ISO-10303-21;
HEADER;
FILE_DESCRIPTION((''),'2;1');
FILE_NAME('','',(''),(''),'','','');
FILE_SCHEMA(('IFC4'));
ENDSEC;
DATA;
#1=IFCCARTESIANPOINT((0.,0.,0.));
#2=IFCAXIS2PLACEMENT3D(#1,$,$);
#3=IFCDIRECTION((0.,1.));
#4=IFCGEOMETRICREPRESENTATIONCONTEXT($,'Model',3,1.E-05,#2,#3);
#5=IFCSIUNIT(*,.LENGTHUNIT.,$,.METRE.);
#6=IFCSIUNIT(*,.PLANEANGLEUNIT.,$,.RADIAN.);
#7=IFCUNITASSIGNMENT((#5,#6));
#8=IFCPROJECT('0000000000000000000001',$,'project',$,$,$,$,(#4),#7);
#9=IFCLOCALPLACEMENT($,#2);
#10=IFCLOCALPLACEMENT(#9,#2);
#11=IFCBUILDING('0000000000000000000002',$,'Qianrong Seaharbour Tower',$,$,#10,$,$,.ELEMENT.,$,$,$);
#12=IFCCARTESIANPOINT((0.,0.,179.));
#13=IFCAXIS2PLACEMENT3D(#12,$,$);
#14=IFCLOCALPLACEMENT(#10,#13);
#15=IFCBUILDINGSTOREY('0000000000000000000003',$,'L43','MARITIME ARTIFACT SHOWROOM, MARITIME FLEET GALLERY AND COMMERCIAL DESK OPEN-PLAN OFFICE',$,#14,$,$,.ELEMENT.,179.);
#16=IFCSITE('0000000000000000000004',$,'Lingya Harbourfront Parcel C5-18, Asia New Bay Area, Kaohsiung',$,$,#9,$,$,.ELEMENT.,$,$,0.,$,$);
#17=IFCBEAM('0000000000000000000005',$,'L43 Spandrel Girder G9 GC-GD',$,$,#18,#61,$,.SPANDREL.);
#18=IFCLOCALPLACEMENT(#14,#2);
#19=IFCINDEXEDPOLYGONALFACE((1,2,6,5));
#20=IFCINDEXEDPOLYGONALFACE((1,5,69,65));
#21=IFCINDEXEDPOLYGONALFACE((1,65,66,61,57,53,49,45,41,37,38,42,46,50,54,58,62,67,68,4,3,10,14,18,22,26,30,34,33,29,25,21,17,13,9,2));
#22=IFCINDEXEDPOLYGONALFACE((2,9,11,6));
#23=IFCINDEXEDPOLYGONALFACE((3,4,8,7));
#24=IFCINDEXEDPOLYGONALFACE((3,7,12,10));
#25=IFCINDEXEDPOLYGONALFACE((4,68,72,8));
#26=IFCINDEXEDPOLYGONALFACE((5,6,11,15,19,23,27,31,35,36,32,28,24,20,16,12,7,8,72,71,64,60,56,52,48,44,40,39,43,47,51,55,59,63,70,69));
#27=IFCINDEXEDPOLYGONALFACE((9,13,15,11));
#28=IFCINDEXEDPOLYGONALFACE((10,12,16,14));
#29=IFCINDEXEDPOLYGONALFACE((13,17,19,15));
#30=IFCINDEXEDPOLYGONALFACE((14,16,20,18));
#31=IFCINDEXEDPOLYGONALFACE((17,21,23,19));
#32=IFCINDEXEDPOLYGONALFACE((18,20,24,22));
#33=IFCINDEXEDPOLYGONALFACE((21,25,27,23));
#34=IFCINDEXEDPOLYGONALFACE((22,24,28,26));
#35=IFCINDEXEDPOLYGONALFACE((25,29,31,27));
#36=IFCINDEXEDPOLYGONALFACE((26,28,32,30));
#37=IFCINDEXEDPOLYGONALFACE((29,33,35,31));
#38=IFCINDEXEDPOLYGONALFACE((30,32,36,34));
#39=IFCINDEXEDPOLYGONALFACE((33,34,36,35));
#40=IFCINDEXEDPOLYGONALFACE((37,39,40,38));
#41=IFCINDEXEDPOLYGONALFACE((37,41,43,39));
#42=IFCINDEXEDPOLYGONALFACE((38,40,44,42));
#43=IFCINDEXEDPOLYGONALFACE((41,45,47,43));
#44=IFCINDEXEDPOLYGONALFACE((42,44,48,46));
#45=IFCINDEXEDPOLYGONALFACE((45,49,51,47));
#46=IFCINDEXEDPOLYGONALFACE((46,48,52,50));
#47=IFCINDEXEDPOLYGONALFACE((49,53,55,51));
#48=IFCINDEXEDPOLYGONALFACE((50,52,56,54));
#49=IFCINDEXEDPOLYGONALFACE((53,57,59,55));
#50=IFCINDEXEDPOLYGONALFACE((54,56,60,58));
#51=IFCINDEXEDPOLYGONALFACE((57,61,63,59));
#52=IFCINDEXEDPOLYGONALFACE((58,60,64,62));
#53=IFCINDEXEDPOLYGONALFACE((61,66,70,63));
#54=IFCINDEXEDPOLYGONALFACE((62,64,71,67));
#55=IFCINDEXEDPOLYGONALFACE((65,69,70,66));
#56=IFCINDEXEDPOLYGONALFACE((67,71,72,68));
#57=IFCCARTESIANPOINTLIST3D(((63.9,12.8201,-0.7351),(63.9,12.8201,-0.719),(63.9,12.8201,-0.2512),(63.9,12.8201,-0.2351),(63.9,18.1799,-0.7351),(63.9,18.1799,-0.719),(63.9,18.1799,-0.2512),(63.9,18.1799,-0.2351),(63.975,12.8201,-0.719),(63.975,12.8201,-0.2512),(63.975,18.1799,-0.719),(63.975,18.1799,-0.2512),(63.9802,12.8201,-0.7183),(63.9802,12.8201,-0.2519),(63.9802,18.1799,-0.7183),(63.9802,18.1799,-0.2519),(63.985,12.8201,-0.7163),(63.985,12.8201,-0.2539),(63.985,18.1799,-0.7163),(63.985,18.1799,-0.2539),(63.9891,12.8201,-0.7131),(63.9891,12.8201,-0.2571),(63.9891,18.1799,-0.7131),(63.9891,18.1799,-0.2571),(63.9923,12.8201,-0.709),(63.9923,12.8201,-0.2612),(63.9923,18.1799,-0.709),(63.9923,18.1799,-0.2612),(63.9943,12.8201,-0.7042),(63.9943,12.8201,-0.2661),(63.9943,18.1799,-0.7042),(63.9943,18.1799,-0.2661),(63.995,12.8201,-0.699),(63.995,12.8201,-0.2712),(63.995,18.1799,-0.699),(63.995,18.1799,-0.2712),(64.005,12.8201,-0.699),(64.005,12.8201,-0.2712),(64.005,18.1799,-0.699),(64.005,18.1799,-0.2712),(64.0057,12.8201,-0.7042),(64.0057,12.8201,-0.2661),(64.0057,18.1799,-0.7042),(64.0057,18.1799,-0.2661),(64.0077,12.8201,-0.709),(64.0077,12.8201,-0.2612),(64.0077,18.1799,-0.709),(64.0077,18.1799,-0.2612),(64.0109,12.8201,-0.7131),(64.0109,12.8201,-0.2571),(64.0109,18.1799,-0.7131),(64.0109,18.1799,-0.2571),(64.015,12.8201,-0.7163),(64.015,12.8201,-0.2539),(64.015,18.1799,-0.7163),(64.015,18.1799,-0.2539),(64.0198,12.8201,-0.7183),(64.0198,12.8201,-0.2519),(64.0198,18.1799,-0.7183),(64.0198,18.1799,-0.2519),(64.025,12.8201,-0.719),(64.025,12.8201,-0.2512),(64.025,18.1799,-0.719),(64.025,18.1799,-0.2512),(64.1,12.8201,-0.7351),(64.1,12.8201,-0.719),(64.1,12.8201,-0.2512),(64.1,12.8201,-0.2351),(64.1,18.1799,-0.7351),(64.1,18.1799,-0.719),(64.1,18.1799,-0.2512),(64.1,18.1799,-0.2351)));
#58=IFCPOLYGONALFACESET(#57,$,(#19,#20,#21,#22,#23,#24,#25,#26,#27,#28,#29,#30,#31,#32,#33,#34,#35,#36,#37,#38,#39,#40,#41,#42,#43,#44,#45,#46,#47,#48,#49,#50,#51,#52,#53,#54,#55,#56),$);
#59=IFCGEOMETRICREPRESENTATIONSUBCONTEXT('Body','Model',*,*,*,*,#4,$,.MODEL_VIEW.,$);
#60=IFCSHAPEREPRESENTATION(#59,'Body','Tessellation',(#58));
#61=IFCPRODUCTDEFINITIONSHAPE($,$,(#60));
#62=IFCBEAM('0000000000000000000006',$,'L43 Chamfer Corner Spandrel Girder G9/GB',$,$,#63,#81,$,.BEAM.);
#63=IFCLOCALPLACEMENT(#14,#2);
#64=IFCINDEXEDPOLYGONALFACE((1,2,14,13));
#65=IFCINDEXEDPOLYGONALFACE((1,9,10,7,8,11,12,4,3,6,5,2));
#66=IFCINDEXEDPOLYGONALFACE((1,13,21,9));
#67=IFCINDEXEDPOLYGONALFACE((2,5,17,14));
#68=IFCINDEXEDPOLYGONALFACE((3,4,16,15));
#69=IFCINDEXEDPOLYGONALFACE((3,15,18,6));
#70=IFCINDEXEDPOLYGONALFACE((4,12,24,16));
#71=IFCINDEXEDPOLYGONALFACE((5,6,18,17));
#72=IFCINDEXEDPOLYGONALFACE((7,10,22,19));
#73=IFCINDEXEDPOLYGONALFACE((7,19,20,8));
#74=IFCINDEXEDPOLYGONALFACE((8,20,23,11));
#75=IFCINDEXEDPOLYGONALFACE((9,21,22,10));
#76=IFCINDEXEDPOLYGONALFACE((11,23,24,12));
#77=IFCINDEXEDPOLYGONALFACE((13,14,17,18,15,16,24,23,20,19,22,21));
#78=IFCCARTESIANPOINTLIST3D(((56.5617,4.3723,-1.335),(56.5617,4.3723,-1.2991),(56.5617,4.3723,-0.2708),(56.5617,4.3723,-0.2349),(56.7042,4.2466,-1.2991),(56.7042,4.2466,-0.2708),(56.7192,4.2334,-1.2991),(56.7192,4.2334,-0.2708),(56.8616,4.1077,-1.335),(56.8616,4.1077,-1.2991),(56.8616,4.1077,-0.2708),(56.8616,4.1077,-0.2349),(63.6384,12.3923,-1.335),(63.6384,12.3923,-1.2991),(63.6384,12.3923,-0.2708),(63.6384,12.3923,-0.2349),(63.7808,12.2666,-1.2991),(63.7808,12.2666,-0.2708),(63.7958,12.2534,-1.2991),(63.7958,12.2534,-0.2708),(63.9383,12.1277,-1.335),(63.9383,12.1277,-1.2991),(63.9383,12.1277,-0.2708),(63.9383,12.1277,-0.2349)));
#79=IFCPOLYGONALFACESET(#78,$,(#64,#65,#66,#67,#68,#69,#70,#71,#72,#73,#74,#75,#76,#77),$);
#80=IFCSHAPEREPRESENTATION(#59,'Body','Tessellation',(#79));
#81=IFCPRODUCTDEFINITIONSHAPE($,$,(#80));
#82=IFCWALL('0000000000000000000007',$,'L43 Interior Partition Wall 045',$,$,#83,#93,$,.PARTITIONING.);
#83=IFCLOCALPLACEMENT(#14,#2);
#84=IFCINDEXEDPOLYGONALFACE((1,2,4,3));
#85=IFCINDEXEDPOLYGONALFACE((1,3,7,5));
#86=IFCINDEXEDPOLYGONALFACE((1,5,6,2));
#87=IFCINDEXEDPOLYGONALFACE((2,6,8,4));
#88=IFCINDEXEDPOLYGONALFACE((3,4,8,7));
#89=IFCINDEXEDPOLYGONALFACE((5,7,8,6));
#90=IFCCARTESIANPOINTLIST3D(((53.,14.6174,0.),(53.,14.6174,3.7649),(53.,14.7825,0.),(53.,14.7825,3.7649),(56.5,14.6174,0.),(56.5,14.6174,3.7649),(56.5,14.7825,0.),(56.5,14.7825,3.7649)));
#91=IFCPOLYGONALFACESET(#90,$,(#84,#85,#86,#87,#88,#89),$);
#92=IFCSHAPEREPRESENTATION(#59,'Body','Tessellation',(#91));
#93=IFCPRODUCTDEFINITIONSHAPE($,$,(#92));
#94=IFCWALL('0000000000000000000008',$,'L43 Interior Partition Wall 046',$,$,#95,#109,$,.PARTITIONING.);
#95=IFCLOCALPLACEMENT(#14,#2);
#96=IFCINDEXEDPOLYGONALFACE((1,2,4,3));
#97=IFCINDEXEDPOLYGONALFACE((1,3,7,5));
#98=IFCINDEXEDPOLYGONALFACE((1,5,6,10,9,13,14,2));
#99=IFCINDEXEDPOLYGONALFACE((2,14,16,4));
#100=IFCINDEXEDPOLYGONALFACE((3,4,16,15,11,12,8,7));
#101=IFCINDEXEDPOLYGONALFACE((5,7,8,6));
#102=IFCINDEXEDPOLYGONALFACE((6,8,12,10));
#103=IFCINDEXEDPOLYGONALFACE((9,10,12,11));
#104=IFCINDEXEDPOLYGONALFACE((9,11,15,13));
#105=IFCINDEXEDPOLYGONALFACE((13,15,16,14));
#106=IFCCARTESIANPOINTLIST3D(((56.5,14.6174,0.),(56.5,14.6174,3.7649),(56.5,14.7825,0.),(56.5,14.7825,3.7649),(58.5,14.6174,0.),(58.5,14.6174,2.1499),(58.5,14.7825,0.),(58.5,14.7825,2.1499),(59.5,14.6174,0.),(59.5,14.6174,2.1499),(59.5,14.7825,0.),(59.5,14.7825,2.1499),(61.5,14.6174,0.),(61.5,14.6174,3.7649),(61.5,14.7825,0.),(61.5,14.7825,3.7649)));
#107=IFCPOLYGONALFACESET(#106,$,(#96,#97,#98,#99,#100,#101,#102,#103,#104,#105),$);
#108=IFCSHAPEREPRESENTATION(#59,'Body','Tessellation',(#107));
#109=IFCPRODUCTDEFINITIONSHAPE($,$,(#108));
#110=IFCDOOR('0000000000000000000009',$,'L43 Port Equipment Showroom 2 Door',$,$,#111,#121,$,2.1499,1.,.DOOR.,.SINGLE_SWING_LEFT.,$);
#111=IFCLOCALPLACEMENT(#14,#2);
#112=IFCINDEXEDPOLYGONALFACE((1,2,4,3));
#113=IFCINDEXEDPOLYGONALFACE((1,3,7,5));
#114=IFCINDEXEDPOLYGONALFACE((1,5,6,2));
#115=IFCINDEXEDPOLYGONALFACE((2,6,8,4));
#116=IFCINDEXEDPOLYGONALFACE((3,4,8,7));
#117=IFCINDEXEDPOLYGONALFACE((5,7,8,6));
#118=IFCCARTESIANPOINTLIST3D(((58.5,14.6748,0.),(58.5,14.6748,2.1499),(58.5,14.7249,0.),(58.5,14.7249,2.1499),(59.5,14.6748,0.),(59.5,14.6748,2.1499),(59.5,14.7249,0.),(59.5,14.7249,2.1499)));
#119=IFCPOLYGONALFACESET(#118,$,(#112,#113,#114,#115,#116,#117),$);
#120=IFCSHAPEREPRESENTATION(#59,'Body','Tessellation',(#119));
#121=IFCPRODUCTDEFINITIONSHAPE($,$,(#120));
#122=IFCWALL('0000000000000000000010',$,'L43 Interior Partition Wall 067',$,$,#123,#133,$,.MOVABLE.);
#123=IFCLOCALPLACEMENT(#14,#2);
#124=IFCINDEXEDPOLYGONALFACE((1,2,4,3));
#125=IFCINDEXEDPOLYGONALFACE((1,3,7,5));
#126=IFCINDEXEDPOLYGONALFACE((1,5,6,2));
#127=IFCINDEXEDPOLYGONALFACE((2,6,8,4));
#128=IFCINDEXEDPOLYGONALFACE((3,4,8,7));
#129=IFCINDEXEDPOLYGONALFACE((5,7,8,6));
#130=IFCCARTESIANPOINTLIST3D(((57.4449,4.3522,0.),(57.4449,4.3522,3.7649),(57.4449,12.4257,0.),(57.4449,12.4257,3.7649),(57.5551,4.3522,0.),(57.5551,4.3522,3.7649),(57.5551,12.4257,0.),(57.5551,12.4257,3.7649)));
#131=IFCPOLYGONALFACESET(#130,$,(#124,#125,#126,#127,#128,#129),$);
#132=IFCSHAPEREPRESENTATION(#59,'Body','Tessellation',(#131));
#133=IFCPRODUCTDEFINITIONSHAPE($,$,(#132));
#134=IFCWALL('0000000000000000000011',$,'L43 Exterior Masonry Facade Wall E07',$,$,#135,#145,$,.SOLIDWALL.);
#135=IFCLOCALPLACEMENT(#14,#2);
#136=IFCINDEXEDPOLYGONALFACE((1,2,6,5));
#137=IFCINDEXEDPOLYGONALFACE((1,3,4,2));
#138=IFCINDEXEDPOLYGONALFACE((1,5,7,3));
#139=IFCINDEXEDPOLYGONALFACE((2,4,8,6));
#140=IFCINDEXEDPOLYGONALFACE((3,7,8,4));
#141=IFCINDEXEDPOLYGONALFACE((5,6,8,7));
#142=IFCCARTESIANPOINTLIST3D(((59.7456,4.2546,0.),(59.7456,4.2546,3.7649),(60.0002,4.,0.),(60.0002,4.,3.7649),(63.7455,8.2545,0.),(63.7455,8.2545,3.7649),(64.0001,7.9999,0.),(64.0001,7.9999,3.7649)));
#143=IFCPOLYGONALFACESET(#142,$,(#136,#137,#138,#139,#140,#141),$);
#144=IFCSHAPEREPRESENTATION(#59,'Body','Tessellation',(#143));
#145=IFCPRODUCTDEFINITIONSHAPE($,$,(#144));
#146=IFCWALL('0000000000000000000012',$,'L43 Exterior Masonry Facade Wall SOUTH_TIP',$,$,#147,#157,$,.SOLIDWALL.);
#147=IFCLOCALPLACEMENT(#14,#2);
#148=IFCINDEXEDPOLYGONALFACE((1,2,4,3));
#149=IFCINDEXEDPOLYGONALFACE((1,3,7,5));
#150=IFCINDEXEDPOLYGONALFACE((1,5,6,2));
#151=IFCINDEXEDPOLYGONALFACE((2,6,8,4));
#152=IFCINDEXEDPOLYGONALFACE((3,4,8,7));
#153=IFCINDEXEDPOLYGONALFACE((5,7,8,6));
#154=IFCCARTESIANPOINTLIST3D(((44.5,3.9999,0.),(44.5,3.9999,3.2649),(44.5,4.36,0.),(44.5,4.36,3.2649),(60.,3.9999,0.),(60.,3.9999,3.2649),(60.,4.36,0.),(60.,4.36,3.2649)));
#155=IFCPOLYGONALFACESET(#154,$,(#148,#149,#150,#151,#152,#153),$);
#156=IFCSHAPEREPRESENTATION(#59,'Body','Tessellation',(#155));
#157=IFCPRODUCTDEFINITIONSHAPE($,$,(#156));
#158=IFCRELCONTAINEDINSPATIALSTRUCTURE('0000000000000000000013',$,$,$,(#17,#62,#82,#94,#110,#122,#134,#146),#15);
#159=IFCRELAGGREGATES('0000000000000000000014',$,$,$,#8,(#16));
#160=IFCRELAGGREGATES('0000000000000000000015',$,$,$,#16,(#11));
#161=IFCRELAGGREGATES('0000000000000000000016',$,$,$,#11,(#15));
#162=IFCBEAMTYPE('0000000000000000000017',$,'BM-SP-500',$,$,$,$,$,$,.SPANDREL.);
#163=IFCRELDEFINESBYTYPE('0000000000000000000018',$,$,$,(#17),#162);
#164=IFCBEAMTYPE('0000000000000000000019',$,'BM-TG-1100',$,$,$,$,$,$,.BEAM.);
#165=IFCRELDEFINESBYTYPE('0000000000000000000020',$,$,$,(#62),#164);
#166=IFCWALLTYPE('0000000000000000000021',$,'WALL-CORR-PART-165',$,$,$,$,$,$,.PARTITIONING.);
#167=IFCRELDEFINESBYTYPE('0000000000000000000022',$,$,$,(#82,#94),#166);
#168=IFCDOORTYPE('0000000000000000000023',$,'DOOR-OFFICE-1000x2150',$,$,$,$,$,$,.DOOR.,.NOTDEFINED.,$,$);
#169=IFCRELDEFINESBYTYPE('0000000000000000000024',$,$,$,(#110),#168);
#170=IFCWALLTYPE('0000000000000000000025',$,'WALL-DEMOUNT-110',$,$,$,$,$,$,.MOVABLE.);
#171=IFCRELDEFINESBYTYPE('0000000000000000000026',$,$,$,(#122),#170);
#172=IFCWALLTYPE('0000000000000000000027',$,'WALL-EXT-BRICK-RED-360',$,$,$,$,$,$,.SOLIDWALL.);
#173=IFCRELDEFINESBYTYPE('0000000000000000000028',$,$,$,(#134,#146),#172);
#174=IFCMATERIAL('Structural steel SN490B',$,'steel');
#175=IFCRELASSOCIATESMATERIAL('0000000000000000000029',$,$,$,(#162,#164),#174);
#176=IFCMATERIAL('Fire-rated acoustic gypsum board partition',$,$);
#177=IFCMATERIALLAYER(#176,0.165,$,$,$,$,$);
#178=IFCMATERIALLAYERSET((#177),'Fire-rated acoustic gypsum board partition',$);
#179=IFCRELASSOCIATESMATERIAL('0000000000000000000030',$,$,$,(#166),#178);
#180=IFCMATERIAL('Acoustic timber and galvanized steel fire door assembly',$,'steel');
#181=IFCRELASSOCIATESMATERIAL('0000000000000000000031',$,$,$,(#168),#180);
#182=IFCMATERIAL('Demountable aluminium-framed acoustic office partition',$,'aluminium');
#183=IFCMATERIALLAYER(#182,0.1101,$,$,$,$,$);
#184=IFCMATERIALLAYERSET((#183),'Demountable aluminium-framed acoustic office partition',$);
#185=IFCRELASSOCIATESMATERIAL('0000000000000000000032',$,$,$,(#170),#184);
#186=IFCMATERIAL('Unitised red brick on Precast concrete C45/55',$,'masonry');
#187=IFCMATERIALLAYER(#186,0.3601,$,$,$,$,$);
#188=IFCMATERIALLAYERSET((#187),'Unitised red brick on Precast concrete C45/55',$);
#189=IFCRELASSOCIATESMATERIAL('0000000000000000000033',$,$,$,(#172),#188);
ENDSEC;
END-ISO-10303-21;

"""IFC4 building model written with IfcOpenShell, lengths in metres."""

from ifc_helpers import new_model, si_unit, direction, frame, frame_2d, origin, origin_2d, place, context, subcontext, project, spatial, rectangle, i_section, extrude, material, layer, layer_set, material_profile, profile_set, type_object, element, fill, save


model = new_model("IFC4")

# Units and contexts
model_context = context("Model", 3, precision=1e-05, world=origin(), true_north=direction((0.0, 1.0)))
body_context = subcontext(model_context, "Body", "Model", "MODEL_VIEW")
ifc_project = project(units=[si_unit("LENGTHUNIT", "METRE"), si_unit("PLANEANGLEUNIT", "RADIAN")], contexts=[model_context])

# Site, building, storey
site_placement = place(None, origin())
site = spatial("IfcSite", under=ifc_project, at=site_placement, Name="Lingya Harbourfront Parcel C5-18, Asia New Bay Area, Kaohsiung", CompositionType="ELEMENT", RefElevation=0.0)
building_placement = place(site_placement, origin())
building = spatial("IfcBuilding", under=site, at=building_placement, Name="Qianrong Seaharbour Tower", CompositionType="ELEMENT")
storey_placement = place(building_placement, frame((0.0, 0.0, 179.0)))
storey = spatial("IfcBuildingStorey", under=building, at=storey_placement, Name="L43", Description="MARITIME ARTIFACT SHOWROOM, MARITIME FLEET GALLERY AND COMMERCIAL DESK OPEN-PLAN OFFICE", CompositionType="ELEMENT", Elevation=179.0)

# Shared definitions
ifc_material_1 = material(Name="Structural steel SN490B", Category="steel")

# Beams
ifc_material_profile_1 = material_profile(ifc_material_1, i_section(OverallWidth=0.2, OverallDepth=0.5, WebThickness=0.01, FlangeThickness=0.0161, FilletRadius=0.02, at=origin_2d()), Name="H500x200x10x16")
ifc_profile_set_1 = profile_set([ifc_material_profile_1], Name="Structural steel SN490B")
beam_type_1 = type_object("IfcBeamType", Name="BM-SP-500", PredefinedType="SPANDREL", material=ifc_profile_set_1)
beam_1_placement = place(storey_placement, frame((64.0, 12.8201, -0.4851), z_axis=(0.0, 1.0, 0.0), x_axis=(-1.0, 0.0, 0.0)))
element("IfcBeam", 1, at=beam_1_placement, inside=storey, type_object=beam_type_1, Name="L43 Spandrel Girder G9 GC-GD", PredefinedType="SPANDREL", context=body_context, shape_type="SweptSolid", body=[
    extrude(i_section(OverallWidth=0.2, OverallDepth=0.5, WebThickness=0.01, FlangeThickness=0.0161, FilletRadius=0.02, at=origin_2d()), origin(), (0.0, 0.0, 1.0), 5.3599),
])
ifc_material_profile_2 = material_profile(ifc_material_1, i_section(OverallWidth=0.3999, OverallDepth=1.1001, WebThickness=0.02, FlangeThickness=0.0359, at=origin_2d()), Name="BH1100x400x20x36")
ifc_profile_set_2 = profile_set([ifc_material_profile_2], Name="Structural steel SN490B")
beam_type_2 = type_object("IfcBeamType", Name="BM-TG-1100", PredefinedType="BEAM", material=ifc_profile_set_2)
beam_2_placement = place(storey_placement, frame((56.7117, 4.24, -0.7849), z_axis=(0.661631, 0.74983, 0.0), x_axis=(-0.74983, 0.661631, 0.0)))
element("IfcBeam", 2, at=beam_2_placement, inside=storey, type_object=beam_type_2, Name="L43 Chamfer Corner Spandrel Girder G9/GB", PredefinedType="BEAM", context=body_context, shape_type="SweptSolid", body=[
    extrude(i_section(OverallWidth=0.3999, OverallDepth=1.1001, WebThickness=0.02, FlangeThickness=0.0359, at=origin_2d()), origin(), (0.0, 0.0, 1.0), 10.6958),
])

# Wall
ifc_material_2 = material(Name="Fire-rated acoustic gypsum board partition")
ifc_layer_1 = layer(ifc_material_2, 0.165)
ifc_layer_set_1 = layer_set([ifc_layer_1], Name="Fire-rated acoustic gypsum board partition")
wall_type_1 = type_object("IfcWallType", Name="WALL-CORR-PART-165", PredefinedType="PARTITIONING", material=ifc_layer_set_1)
wall_1_placement = place(storey_placement, frame((53.0, 14.7, 0.0), z_axis=(0.0, 0.0, 1.0), x_axis=(1.0, 0.0, 0.0)))
element("IfcWall", 3, at=wall_1_placement, inside=storey, type_object=wall_type_1, Name="L43 Interior Partition Wall 045", PredefinedType="PARTITIONING", context=body_context, shape_type="SweptSolid", body=[
    extrude(rectangle(XDim=3.5, YDim=0.165, at=frame_2d((1.75, 0.0))), origin(), (0.0, 0.0, 1.0), 3.7649),
])

# Wall, opening, door
wall_2_placement = place(storey_placement, frame((56.5, 14.7, 0.0), z_axis=(0.0, 0.0, 1.0), x_axis=(1.0, 0.0, 0.0)))
wall_2 = element("IfcWall", 4, at=wall_2_placement, inside=storey, type_object=wall_type_1, Name="L43 Interior Partition Wall 046", PredefinedType="PARTITIONING", context=body_context, shape_type="SweptSolid", body=[
    extrude(rectangle(XDim=5.0, YDim=0.165, at=frame_2d((2.5, 0.0))), origin(), (0.0, 0.0, 1.0), 3.7649),
])
opening_1_placement = place(wall_2_placement, frame((2.0, 0.0, 0.0)))
opening_1 = element("IfcOpeningElement", 5, at=opening_1_placement, cuts=wall_2, PredefinedType="OPENING", context=body_context, shape_type="SweptSolid", body=[
    extrude(rectangle(XDim=1.0, YDim=2.1499, at=frame_2d((0.5, 1.075))), frame((0.0, 0.0925, 0.0), z_axis=(0.0, -1.0, 0.0), x_axis=(1.0, 0.0, 0.0)), (0.0, 0.0, 1.0), 0.1851),
])
ifc_material_3 = material(Name="Acoustic timber and galvanized steel fire door assembly", Category="steel")
door_type = type_object("IfcDoorType", Name="DOOR-OFFICE-1000x2150", OperationType="NOTDEFINED", PredefinedType="DOOR", material=ifc_material_3)
door_1_placement = place(opening_1_placement, origin())
door_1 = element("IfcDoor", 6, at=door_1_placement, inside=storey, type_object=door_type, Name="L43 Port Equipment Showroom 2 Door", OperationType="SINGLE_SWING_LEFT", OverallHeight=2.1499, OverallWidth=1.0, PredefinedType="DOOR", context=body_context, shape_type="SweptSolid", body=[
    extrude(rectangle(XDim=1.0, YDim=2.1499, at=frame_2d((0.5, 1.075))), frame((0.0, 0.0249, 0.0), z_axis=(0.0, -1.0, 0.0), x_axis=(1.0, 0.0, 0.0)), (0.0, 0.0, 1.0), 0.05),
])
fill(opening_1, door_1)

# Walls
ifc_material_4 = material(Name="Demountable aluminium-framed acoustic office partition", Category="aluminium")
ifc_layer_2 = layer(ifc_material_4, 0.1101)
ifc_layer_set_2 = layer_set([ifc_layer_2], Name="Demountable aluminium-framed acoustic office partition")
wall_type_2 = type_object("IfcWallType", Name="WALL-DEMOUNT-110", PredefinedType="MOVABLE", material=ifc_layer_set_2)
wall_3_placement = place(storey_placement, frame((57.5, 12.4255, 0.0), z_axis=(0.0, 0.0, 1.0), x_axis=(0.0, -1.0, 0.0)))
element("IfcWall", 7, at=wall_3_placement, inside=storey, type_object=wall_type_2, Name="L43 Interior Partition Wall 067", PredefinedType="MOVABLE", context=body_context, shape_type="SweptSolid", body=[
    extrude(rectangle(XDim=8.0735, YDim=0.1101, at=frame_2d((4.0366, 0.0))), origin(), (0.0, 0.0, 1.0), 3.7649),
])
ifc_material_5 = material(Name="Unitised red brick on Precast concrete C45/55", Category="masonry")
ifc_layer_3 = layer(ifc_material_5, 0.3601)
ifc_layer_set_3 = layer_set([ifc_layer_3], Name="Unitised red brick on Precast concrete C45/55")
wall_type_3 = type_object("IfcWallType", Name="WALL-EXT-BRICK-RED-360", PredefinedType="SOLIDWALL", material=ifc_layer_set_3)
wall_4_placement = place(storey_placement, frame((63.8728, 8.1272, 0.0), z_axis=(0.0, 0.0, 1.0), x_axis=(-0.707107, -0.707107, 0.0)))
element("IfcWall", 8, at=wall_4_placement, inside=storey, type_object=wall_type_3, Name="L43 Exterior Masonry Facade Wall E07", PredefinedType="SOLIDWALL", context=body_context, shape_type="SweptSolid", body=[
    extrude(rectangle(XDim=5.6567, YDim=0.3601, at=frame_2d((2.8284, 0.0))), origin(), (0.0, 0.0, 1.0), 3.7649),
])
wall_5_placement = place(storey_placement, frame((60.0, 4.1799, 0.0), z_axis=(0.0, 0.0, 1.0), x_axis=(-1.0, 0.0, 0.0)))
element("IfcWall", 9, at=wall_5_placement, inside=storey, type_object=wall_type_3, Name="L43 Exterior Masonry Facade Wall SOUTH_TIP", PredefinedType="SOLIDWALL", context=body_context, shape_type="SweptSolid", body=[
    extrude(rectangle(XDim=15.5, YDim=0.3601, at=frame_2d((7.75, 0.0))), origin(), (0.0, 0.0, 1.0), 3.2649),
])

save(model, "model.ifc")
